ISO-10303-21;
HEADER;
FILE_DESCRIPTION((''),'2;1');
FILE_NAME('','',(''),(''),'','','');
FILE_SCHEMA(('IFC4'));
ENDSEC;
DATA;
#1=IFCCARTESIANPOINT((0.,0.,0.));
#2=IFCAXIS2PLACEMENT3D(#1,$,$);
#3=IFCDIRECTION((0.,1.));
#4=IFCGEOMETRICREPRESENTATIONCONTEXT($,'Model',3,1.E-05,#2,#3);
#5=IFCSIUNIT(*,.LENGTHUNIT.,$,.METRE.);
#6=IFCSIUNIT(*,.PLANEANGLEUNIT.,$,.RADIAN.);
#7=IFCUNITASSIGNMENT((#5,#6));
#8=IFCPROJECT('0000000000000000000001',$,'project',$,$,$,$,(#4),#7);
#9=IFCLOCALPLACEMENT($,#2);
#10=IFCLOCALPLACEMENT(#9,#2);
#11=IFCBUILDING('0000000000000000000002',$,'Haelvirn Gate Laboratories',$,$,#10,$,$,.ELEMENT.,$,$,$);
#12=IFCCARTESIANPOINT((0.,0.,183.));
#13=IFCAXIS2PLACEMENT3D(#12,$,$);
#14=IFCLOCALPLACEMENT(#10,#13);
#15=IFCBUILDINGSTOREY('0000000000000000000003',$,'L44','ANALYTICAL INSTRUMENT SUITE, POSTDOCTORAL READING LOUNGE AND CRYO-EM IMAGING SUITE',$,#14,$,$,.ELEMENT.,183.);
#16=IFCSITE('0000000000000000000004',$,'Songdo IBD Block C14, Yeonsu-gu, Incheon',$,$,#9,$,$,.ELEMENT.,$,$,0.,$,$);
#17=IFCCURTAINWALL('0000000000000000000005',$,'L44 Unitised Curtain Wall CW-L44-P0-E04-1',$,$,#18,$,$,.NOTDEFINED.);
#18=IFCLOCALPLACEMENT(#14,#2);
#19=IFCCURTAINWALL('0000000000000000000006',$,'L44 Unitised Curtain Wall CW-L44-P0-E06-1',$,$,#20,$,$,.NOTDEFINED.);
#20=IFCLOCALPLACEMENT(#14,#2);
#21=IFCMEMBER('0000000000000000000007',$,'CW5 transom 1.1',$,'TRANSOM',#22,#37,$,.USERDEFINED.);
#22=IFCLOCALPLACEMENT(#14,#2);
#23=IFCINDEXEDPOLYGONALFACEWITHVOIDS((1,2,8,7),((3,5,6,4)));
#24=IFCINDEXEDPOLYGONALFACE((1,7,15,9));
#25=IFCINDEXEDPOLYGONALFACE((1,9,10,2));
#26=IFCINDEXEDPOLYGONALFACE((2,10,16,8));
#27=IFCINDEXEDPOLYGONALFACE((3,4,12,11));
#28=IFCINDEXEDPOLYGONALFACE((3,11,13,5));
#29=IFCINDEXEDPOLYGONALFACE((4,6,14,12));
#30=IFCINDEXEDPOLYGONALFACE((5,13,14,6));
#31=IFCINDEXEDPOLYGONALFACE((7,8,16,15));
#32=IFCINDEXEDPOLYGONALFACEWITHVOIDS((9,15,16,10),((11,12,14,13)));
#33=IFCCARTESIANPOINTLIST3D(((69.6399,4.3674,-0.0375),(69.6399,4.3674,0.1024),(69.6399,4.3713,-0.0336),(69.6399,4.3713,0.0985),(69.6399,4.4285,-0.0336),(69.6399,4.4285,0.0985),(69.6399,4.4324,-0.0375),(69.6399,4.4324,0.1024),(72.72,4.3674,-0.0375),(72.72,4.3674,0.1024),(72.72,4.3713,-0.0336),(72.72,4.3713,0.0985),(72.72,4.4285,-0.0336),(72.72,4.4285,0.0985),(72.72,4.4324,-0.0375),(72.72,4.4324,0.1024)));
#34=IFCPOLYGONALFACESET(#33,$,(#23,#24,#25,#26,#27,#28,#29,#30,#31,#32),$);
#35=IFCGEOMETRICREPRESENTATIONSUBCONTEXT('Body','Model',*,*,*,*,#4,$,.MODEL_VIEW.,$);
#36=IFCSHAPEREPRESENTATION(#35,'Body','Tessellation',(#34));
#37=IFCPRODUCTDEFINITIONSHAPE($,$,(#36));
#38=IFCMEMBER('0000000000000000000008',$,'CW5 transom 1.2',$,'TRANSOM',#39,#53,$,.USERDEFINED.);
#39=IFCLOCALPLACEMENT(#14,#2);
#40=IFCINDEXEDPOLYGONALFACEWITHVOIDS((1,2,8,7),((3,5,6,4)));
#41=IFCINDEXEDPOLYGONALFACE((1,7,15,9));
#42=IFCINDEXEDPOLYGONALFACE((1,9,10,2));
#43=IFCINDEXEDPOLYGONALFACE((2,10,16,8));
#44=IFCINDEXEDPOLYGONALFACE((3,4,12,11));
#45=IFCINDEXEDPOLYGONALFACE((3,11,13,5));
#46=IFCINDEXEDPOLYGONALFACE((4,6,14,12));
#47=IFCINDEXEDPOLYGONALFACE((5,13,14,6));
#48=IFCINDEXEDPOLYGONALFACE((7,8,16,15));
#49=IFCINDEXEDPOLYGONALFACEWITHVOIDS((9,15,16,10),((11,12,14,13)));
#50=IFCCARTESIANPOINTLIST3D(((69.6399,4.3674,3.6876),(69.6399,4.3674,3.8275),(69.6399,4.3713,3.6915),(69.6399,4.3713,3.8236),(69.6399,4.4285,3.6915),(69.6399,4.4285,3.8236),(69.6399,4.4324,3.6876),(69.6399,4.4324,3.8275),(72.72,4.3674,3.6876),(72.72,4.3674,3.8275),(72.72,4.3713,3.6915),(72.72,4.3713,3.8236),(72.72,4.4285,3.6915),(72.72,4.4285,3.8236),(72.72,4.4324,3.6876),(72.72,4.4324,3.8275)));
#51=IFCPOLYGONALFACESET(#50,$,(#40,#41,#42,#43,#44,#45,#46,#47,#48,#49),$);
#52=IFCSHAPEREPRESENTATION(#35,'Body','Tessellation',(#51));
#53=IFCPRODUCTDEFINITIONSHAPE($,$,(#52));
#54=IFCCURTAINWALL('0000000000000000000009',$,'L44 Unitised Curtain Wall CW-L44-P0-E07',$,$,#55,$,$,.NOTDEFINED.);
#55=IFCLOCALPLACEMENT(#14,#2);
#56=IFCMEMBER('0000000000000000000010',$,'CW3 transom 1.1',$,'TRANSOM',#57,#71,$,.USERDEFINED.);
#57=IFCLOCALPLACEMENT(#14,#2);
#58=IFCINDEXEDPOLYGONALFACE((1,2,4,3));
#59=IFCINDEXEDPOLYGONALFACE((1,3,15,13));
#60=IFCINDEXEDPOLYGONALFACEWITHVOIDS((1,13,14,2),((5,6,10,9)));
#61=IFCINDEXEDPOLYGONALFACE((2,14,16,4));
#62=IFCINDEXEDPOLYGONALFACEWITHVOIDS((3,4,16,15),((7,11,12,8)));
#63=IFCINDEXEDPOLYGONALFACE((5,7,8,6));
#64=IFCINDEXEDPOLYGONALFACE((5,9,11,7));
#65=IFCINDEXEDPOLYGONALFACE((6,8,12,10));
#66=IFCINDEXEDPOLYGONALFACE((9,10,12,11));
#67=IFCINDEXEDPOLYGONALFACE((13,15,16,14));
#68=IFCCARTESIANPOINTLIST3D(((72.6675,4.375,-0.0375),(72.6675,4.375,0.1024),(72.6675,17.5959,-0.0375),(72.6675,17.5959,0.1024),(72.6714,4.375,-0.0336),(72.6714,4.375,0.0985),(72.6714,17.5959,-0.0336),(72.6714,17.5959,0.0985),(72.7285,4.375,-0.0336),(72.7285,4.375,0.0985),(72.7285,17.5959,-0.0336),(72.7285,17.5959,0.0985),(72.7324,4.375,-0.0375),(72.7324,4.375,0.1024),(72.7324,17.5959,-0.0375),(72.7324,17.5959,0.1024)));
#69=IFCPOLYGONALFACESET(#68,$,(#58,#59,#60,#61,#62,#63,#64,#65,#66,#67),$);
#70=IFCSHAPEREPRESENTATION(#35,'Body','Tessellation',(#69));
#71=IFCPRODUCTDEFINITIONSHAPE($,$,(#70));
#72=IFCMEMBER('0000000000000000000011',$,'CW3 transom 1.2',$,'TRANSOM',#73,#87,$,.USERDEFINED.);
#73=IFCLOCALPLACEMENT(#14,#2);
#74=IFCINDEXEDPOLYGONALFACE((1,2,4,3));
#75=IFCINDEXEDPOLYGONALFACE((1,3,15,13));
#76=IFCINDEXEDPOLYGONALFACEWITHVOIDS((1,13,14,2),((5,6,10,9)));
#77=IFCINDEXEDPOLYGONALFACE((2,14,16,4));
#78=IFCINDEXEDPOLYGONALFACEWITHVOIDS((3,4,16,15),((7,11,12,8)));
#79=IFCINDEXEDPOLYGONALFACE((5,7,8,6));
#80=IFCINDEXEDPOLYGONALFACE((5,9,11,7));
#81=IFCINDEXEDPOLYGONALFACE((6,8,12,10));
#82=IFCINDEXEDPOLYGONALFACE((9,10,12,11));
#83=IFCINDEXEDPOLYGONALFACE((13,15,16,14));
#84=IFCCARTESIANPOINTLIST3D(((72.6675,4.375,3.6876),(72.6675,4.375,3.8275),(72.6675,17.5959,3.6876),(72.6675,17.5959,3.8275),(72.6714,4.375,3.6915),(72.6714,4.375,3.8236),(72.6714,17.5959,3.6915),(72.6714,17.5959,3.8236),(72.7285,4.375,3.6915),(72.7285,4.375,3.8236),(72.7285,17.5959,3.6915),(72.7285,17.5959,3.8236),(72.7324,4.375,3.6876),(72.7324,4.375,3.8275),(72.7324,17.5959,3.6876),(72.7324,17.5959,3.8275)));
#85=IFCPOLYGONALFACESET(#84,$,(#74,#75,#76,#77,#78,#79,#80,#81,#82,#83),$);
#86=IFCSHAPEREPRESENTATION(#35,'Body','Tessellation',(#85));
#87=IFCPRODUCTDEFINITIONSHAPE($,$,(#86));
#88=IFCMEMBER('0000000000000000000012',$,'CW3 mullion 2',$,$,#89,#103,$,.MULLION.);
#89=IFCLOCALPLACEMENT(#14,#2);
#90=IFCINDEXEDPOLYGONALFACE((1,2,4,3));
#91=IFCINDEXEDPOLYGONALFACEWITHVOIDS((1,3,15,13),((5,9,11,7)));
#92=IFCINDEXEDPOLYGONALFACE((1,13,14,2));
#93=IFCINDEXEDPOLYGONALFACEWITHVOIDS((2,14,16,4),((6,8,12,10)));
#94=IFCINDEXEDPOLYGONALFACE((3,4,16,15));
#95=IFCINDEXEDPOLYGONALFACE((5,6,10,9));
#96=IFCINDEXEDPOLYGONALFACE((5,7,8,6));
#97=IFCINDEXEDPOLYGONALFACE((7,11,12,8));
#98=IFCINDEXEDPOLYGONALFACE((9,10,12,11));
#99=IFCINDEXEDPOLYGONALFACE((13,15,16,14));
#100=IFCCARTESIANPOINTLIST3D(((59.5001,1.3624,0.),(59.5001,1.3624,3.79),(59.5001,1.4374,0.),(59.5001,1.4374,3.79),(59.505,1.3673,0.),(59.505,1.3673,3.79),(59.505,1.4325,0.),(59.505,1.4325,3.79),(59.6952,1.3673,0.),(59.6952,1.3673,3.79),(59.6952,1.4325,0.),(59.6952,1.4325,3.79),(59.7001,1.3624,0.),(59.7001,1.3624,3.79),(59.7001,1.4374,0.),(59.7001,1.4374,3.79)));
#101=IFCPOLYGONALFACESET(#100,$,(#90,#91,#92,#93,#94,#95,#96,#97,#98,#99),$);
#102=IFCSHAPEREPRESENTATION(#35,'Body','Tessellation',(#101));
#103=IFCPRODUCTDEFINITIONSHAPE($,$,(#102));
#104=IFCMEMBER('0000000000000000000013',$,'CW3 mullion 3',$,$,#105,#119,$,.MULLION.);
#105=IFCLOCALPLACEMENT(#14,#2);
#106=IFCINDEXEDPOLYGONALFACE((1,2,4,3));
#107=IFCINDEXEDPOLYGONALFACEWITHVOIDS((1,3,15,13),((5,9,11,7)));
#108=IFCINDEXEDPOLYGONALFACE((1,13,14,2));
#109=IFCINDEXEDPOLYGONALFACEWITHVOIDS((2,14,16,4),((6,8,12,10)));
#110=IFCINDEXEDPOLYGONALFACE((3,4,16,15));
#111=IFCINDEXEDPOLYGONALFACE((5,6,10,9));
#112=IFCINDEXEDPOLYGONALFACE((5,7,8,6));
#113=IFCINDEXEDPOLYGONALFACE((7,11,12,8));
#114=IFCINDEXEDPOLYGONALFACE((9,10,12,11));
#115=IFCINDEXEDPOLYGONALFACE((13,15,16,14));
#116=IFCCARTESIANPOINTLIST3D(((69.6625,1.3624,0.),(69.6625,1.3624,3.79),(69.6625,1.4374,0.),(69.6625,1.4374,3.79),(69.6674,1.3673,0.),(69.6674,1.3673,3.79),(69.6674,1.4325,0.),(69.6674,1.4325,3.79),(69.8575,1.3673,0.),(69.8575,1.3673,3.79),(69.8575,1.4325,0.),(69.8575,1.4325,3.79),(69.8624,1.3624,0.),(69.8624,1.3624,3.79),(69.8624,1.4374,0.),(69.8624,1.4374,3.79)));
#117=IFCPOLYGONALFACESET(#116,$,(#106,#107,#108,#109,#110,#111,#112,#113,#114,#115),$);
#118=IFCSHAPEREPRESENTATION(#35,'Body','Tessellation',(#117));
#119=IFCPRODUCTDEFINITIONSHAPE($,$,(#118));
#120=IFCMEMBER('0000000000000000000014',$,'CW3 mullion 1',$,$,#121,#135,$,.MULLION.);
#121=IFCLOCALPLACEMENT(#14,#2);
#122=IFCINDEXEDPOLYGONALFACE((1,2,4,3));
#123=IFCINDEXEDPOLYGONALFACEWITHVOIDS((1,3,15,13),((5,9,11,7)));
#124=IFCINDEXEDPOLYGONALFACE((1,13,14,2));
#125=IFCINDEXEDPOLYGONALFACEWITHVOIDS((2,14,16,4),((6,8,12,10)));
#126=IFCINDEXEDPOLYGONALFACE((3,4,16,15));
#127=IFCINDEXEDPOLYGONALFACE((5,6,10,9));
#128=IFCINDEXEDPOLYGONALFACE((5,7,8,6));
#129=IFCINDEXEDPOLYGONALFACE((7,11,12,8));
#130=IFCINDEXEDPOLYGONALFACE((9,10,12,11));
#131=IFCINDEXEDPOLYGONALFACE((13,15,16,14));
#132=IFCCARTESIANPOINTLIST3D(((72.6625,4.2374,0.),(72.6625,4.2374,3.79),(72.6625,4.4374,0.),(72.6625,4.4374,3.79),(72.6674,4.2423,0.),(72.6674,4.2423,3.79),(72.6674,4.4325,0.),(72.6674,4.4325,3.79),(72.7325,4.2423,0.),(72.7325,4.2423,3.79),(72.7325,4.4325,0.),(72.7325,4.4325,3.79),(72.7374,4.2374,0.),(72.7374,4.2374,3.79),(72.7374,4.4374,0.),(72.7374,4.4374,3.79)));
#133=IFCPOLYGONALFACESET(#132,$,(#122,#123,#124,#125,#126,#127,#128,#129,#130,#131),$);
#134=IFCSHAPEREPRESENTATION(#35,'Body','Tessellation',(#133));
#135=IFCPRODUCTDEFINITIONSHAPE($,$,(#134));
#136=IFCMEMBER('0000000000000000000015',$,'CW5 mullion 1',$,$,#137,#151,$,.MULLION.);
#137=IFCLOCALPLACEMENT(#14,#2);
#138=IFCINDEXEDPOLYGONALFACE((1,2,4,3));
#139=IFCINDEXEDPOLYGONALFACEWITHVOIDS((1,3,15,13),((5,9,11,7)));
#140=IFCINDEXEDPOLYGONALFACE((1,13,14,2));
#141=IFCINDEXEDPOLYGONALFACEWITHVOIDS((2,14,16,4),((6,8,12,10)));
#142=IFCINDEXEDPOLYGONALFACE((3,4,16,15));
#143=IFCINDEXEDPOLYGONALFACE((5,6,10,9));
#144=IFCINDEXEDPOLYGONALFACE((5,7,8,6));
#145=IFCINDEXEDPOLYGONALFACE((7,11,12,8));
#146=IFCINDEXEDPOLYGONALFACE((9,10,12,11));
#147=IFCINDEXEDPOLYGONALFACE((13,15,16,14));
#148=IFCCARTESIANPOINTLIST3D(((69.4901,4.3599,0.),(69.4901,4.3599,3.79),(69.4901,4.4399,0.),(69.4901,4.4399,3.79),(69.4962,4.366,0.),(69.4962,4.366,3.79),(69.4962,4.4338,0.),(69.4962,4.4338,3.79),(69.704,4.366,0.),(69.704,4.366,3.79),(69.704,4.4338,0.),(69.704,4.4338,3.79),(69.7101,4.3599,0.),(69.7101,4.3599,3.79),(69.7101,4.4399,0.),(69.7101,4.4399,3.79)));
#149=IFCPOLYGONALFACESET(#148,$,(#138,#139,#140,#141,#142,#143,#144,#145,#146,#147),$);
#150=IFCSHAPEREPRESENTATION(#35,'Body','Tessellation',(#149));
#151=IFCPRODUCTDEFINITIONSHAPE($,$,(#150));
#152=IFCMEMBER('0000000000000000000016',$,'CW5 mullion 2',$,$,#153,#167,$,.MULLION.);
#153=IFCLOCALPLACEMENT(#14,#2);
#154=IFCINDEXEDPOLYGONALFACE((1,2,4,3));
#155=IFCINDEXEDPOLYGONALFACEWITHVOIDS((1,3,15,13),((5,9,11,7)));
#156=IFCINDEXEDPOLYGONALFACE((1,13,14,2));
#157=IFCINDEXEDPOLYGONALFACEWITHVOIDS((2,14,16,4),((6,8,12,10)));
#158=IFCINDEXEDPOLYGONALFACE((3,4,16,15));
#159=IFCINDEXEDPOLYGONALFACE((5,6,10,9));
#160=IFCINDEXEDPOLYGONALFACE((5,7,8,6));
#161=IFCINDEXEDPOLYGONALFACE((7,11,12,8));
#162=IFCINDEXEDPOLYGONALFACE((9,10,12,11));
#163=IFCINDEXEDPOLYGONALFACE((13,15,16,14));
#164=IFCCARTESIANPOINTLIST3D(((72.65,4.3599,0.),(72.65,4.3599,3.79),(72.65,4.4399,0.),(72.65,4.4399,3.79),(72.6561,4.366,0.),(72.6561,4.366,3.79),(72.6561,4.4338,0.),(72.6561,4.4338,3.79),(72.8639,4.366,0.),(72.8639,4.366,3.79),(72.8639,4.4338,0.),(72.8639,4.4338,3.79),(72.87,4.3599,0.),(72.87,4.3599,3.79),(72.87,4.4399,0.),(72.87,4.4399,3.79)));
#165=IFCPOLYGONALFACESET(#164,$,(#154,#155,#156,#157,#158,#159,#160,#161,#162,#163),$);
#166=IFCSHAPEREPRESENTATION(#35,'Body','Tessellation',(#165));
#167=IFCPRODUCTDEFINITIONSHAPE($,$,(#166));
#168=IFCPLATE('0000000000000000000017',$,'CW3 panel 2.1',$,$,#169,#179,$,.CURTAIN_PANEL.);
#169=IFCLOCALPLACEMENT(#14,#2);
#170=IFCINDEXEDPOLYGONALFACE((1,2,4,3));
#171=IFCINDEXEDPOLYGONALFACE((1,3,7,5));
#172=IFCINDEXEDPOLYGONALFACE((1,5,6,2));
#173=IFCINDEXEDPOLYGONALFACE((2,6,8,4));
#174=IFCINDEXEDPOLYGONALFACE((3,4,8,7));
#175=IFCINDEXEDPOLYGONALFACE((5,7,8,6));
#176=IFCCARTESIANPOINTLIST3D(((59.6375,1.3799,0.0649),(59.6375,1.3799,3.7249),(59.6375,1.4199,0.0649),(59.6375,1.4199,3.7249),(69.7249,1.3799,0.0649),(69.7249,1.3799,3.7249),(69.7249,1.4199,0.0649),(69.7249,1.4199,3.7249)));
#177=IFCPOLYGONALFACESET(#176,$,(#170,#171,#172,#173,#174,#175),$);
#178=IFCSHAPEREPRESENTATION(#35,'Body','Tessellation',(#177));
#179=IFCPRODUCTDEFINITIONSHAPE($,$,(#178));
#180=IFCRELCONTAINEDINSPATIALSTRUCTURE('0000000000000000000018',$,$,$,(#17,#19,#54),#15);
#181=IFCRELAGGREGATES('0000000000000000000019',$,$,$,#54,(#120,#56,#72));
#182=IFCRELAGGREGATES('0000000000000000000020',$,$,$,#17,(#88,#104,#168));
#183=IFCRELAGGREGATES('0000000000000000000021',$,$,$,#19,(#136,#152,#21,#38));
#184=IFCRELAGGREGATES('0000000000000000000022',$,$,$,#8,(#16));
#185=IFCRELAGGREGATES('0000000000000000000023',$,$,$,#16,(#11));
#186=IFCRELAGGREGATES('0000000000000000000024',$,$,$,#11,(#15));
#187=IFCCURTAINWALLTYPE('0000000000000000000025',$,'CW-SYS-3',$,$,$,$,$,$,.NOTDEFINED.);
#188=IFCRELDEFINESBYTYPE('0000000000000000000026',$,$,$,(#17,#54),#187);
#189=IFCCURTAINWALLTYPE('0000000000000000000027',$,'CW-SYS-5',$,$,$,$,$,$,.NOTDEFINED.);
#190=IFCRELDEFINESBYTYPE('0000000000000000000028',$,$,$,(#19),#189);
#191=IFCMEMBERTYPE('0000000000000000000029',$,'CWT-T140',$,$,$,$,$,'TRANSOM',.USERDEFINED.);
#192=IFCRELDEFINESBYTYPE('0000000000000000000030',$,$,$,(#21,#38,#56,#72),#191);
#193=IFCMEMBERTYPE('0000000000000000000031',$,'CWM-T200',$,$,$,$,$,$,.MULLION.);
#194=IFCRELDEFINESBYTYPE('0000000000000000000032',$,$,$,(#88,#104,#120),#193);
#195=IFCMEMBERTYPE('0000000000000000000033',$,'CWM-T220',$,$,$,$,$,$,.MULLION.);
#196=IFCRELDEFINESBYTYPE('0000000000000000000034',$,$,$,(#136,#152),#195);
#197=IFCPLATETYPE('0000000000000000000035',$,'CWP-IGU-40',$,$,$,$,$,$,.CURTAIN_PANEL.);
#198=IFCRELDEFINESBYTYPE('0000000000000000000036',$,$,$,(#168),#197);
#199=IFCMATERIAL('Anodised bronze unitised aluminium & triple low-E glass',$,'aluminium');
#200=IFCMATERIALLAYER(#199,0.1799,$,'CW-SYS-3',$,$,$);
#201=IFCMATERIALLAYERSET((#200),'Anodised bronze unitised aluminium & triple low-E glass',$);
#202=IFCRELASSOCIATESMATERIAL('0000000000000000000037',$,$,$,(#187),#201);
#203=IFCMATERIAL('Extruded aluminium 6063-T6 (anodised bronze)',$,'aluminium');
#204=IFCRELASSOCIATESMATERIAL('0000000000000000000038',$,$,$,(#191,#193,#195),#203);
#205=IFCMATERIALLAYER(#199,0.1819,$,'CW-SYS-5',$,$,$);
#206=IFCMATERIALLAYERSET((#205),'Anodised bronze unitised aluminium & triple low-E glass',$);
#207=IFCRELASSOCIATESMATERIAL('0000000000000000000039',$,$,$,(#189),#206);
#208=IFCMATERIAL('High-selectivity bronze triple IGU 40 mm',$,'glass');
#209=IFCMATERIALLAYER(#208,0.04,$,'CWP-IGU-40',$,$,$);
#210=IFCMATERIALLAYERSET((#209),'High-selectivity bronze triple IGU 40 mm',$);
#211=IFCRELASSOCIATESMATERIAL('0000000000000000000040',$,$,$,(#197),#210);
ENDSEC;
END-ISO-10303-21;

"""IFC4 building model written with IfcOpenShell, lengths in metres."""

from ifc_helpers import new_model, si_unit, direction, frame, origin, origin_2d, place, context, subcontext, project, spatial, rectangle, hollow_rectangle, extrude, source, transform, mapped, material, layer, layer_set, material_profile, profile_set, type_object, type_shapes, element, aggregate, save


model = new_model("IFC4")

# Units and contexts
model_context = context("Model", 3, precision=1e-05, world=origin(), true_north=direction((0.0, 1.0)))
body_context = subcontext(model_context, "Body", "Model", "MODEL_VIEW")
ifc_project = project(units=[si_unit("LENGTHUNIT", "METRE"), si_unit("PLANEANGLEUNIT", "RADIAN")], contexts=[model_context])

# Site, building, storey
site_placement = place(None, origin())
site = spatial("IfcSite", under=ifc_project, at=site_placement, Name="Songdo IBD Block C14, Yeonsu-gu, Incheon", CompositionType="ELEMENT", RefElevation=0.0)
building_placement = place(site_placement, origin())
building = spatial("IfcBuilding", under=site, at=building_placement, Name="Haelvirn Gate Laboratories", CompositionType="ELEMENT")
storey_placement = place(building_placement, frame((0.0, 0.0, 183.0)))
storey = spatial("IfcBuildingStorey", under=building, at=storey_placement, Name="L44", Description="ANALYTICAL INSTRUMENT SUITE, POSTDOCTORAL READING LOUNGE AND CRYO-EM IMAGING SUITE", CompositionType="ELEMENT", Elevation=183.0)

# Curtain walls, members
ifc_material_1 = material(Name="Anodised bronze unitised aluminium & triple low-E glass", Category="aluminium")
ifc_layer_1 = layer(ifc_material_1, 0.1799, Name="CW-SYS-3")
ifc_layer_set_1 = layer_set([ifc_layer_1], Name="Anodised bronze unitised aluminium & triple low-E glass")
curtain_wall_type_1 = type_object("IfcCurtainWallType", Name="CW-SYS-3", PredefinedType="NOTDEFINED", material=ifc_layer_set_1)
curtain_wall_1_placement = place(storey_placement, origin())
curtain_wall_1 = element("IfcCurtainWall", 1, at=curtain_wall_1_placement, inside=storey, type_object=curtain_wall_type_1, Name="L44 Unitised Curtain Wall CW-L44-P0-E04-1", PredefinedType="NOTDEFINED")
ifc_material_2 = material(Name="Extruded aluminium 6063-T6 (anodised bronze)", Category="aluminium")
ifc_material_profile_1 = material_profile(ifc_material_2, hollow_rectangle(XDim=0.0649, YDim=0.1399, WallThickness=0.0039, at=origin_2d()), Name="CWT-140x65x4")
ifc_profile_set_1 = profile_set([ifc_material_profile_1], Name="Extruded aluminium 6063-T6 (anodised bronze)")
member_type_1 = type_object("IfcMemberType", Name="CWT-T140", ElementType="TRANSOM", PredefinedType="USERDEFINED", material=ifc_profile_set_1)
ifc_layer_2 = layer(ifc_material_1, 0.1819, Name="CW-SYS-5")
ifc_layer_set_2 = layer_set([ifc_layer_2], Name="Anodised bronze unitised aluminium & triple low-E glass")
curtain_wall_type_2 = type_object("IfcCurtainWallType", Name="CW-SYS-5", PredefinedType="NOTDEFINED", material=ifc_layer_set_2)
curtain_wall_2_placement = place(storey_placement, origin())
curtain_wall_2 = element("IfcCurtainWall", 2, at=curtain_wall_2_placement, inside=storey, type_object=curtain_wall_type_2, Name="L44 Unitised Curtain Wall CW-L44-P0-E06-1", PredefinedType="NOTDEFINED")
shared_shape_1 = source(origin(), body_context, "Body", "SweptSolid", [
    extrude(hollow_rectangle(XDim=0.0649, YDim=0.1399, WallThickness=0.0039, at=origin_2d()), origin(), (0.0, 0.0, 1.0), 3.0801),
])
member_1_placement = place(storey_placement, frame((69.6399, 4.3999, 0.0325), z_axis=(1.0, 0.0, 0.0), x_axis=(0.0, 1.0, 0.0)))
member_1 = element("IfcMember", 3, at=member_1_placement, type_object=member_type_1, Name="CW5 transom 1.1", ObjectType="TRANSOM", PredefinedType="USERDEFINED", context=body_context, shape_type="MappedRepresentation", body=[
    mapped(shared_shape_1, transform((0.0, 0.0, 0.0), scale=1.0)),
])
member_2_placement = place(storey_placement, frame((69.6399, 4.3999, 3.7576), z_axis=(1.0, 0.0, 0.0), x_axis=(0.0, 1.0, 0.0)))
member_2 = element("IfcMember", 4, at=member_2_placement, type_object=member_type_1, Name="CW5 transom 1.2", ObjectType="TRANSOM", PredefinedType="USERDEFINED", context=body_context, shape_type="MappedRepresentation", body=[
    mapped(shared_shape_1, transform((0.0, 0.0, 0.0), scale=1.0)),
])
curtain_wall_3_placement = place(storey_placement, origin())
curtain_wall_3 = element("IfcCurtainWall", 5, at=curtain_wall_3_placement, inside=storey, type_object=curtain_wall_type_1, Name="L44 Unitised Curtain Wall CW-L44-P0-E07", PredefinedType="NOTDEFINED")
shared_shape_2 = source(origin(), body_context, "Body", "SweptSolid", [
    extrude(hollow_rectangle(XDim=0.0649, YDim=0.1399, WallThickness=0.0039, at=origin_2d()), origin(), (0.0, 0.0, 1.0), 13.2209),
])
member_3_placement = place(storey_placement, frame((72.7, 4.375, 0.0325), z_axis=(0.0, 1.0, 0.0), x_axis=(-1.0, 0.0, 0.0)))
member_3 = element("IfcMember", 6, at=member_3_placement, type_object=member_type_1, Name="CW3 transom 1.1", ObjectType="TRANSOM", PredefinedType="USERDEFINED", context=body_context, shape_type="MappedRepresentation", body=[
    mapped(shared_shape_2, transform((0.0, 0.0, 0.0), scale=1.0)),
])
member_4_placement = place(storey_placement, frame((72.7, 4.375, 3.7576), z_axis=(0.0, 1.0, 0.0), x_axis=(-1.0, 0.0, 0.0)))
member_4 = element("IfcMember", 7, at=member_4_placement, type_object=member_type_1, Name="CW3 transom 1.2", ObjectType="TRANSOM", PredefinedType="USERDEFINED", context=body_context, shape_type="MappedRepresentation", body=[
    mapped(shared_shape_2, transform((0.0, 0.0, 0.0), scale=1.0)),
])

# Members
ifc_material_profile_2 = material_profile(ifc_material_2, hollow_rectangle(XDim=0.075, YDim=0.2, WallThickness=0.0049, at=origin_2d()), Name="CWM-200x75x5")
ifc_profile_set_2 = profile_set([ifc_material_profile_2], Name="Extruded aluminium 6063-T6 (anodised bronze)")
member_type_2 = type_object("IfcMemberType", Name="CWM-T200", PredefinedType="MULLION", material=ifc_profile_set_2)
shared_shape_3 = source(origin(), body_context, "Body", "SweptSolid", [
    extrude(hollow_rectangle(XDim=0.075, YDim=0.2, WallThickness=0.0049, at=origin_2d()), origin(), (0.0, 0.0, 1.0), 3.79),
])
type_shapes(member_type_2, [shared_shape_3])
member_5_placement = place(storey_placement, frame((59.6001, 1.3999, 0.0), z_axis=(0.0, 0.0, 1.0), x_axis=(0.0, 1.0, 0.0)))
member_5 = element("IfcMember", 8, at=member_5_placement, type_object=member_type_2, Name="CW3 mullion 2", PredefinedType="MULLION", context=body_context, shape_type="MappedRepresentation", body=[
    mapped(shared_shape_3, transform((0.0, 0.0, 0.0), scale=1.0)),
])
member_6_placement = place(storey_placement, frame((69.7625, 1.3999, 0.0), z_axis=(0.0, 0.0, 1.0), x_axis=(0.0, 1.0, 0.0)))
member_6 = element("IfcMember", 9, at=member_6_placement, type_object=member_type_2, Name="CW3 mullion 3", PredefinedType="MULLION", context=body_context, shape_type="MappedRepresentation", body=[
    mapped(shared_shape_3, transform((0.0, 0.0, 0.0), scale=1.0)),
])
member_7_placement = place(storey_placement, frame((72.7, 4.3374, 0.0), z_axis=(0.0, 0.0, 1.0), x_axis=(-1.0, 0.0, 0.0)))
member_7 = element("IfcMember", 10, at=member_7_placement, type_object=member_type_2, Name="CW3 mullion 1", PredefinedType="MULLION", context=body_context, shape_type="MappedRepresentation", body=[
    mapped(shared_shape_3, transform((0.0, 0.0, 0.0), scale=1.0)),
])
aggregate(curtain_wall_3, [member_7, member_3, member_4])
ifc_material_profile_3 = material_profile(ifc_material_2, hollow_rectangle(XDim=0.0801, YDim=0.22, WallThickness=0.0061, at=origin_2d()), Name="CWM-220x80x6")
ifc_profile_set_3 = profile_set([ifc_material_profile_3], Name="Extruded aluminium 6063-T6 (anodised bronze)")
member_type_3 = type_object("IfcMemberType", Name="CWM-T220", PredefinedType="MULLION", material=ifc_profile_set_3)
shared_shape_4 = source(origin(), body_context, "Body", "SweptSolid", [
    extrude(hollow_rectangle(XDim=0.0801, YDim=0.22, WallThickness=0.0061, at=origin_2d()), origin(), (0.0, 0.0, 1.0), 3.79),
])
type_shapes(member_type_3, [shared_shape_4])
member_8_placement = place(storey_placement, frame((69.6001, 4.3999, 0.0), z_axis=(0.0, 0.0, 1.0), x_axis=(0.0, 1.0, 0.0)))
member_8 = element("IfcMember", 11, at=member_8_placement, type_object=member_type_3, Name="CW5 mullion 1", PredefinedType="MULLION", context=body_context, shape_type="MappedRepresentation", body=[
    mapped(shared_shape_4, transform((0.0, 0.0, 0.0), scale=1.0)),
])
member_9_placement = place(storey_placement, frame((72.76, 4.3999, 0.0), z_axis=(0.0, 0.0, 1.0), x_axis=(0.0, 1.0, 0.0)))
member_9 = element("IfcMember", 12, at=member_9_placement, type_object=member_type_3, Name="CW5 mullion 2", PredefinedType="MULLION", context=body_context, shape_type="MappedRepresentation", body=[
    mapped(shared_shape_4, transform((0.0, 0.0, 0.0), scale=1.0)),
])

# Plate
ifc_material_3 = material(Name="High-selectivity bronze triple IGU 40 mm", Category="glass")
ifc_layer_3 = layer(ifc_material_3, 0.04, Name="CWP-IGU-40")
ifc_layer_set_3 = layer_set([ifc_layer_3], Name="High-selectivity bronze triple IGU 40 mm")
plate_type_1 = type_object("IfcPlateType", Name="CWP-IGU-40", PredefinedType="CURTAIN_PANEL", material=ifc_layer_set_3)
shared_shape_5 = source(origin(), body_context, "Body", "SweptSolid", [
    extrude(rectangle(XDim=10.0874, YDim=0.04, at=origin_2d()), origin(), (0.0, 0.0, 1.0), 3.6599),
])
type_shapes(plate_type_1, [shared_shape_5])
plate_1_placement = place(storey_placement, frame((64.6812, 1.3999, 0.0649), z_axis=(0.0, 0.0, 1.0), x_axis=(1.0, 0.0, 0.0)))
plate_1 = element("IfcPlate", 13, at=plate_1_placement, type_object=plate_type_1, Name="CW3 panel 2.1", PredefinedType="CURTAIN_PANEL", context=body_context, shape_type="MappedRepresentation", body=[
    mapped(shared_shape_5, transform((0.0, 0.0, 0.0), scale=1.0)),
])
aggregate(curtain_wall_1, [member_5, member_6, plate_1])
aggregate(curtain_wall_2, [member_8, member_9, member_1, member_2])

save(model, "model.ifc")
